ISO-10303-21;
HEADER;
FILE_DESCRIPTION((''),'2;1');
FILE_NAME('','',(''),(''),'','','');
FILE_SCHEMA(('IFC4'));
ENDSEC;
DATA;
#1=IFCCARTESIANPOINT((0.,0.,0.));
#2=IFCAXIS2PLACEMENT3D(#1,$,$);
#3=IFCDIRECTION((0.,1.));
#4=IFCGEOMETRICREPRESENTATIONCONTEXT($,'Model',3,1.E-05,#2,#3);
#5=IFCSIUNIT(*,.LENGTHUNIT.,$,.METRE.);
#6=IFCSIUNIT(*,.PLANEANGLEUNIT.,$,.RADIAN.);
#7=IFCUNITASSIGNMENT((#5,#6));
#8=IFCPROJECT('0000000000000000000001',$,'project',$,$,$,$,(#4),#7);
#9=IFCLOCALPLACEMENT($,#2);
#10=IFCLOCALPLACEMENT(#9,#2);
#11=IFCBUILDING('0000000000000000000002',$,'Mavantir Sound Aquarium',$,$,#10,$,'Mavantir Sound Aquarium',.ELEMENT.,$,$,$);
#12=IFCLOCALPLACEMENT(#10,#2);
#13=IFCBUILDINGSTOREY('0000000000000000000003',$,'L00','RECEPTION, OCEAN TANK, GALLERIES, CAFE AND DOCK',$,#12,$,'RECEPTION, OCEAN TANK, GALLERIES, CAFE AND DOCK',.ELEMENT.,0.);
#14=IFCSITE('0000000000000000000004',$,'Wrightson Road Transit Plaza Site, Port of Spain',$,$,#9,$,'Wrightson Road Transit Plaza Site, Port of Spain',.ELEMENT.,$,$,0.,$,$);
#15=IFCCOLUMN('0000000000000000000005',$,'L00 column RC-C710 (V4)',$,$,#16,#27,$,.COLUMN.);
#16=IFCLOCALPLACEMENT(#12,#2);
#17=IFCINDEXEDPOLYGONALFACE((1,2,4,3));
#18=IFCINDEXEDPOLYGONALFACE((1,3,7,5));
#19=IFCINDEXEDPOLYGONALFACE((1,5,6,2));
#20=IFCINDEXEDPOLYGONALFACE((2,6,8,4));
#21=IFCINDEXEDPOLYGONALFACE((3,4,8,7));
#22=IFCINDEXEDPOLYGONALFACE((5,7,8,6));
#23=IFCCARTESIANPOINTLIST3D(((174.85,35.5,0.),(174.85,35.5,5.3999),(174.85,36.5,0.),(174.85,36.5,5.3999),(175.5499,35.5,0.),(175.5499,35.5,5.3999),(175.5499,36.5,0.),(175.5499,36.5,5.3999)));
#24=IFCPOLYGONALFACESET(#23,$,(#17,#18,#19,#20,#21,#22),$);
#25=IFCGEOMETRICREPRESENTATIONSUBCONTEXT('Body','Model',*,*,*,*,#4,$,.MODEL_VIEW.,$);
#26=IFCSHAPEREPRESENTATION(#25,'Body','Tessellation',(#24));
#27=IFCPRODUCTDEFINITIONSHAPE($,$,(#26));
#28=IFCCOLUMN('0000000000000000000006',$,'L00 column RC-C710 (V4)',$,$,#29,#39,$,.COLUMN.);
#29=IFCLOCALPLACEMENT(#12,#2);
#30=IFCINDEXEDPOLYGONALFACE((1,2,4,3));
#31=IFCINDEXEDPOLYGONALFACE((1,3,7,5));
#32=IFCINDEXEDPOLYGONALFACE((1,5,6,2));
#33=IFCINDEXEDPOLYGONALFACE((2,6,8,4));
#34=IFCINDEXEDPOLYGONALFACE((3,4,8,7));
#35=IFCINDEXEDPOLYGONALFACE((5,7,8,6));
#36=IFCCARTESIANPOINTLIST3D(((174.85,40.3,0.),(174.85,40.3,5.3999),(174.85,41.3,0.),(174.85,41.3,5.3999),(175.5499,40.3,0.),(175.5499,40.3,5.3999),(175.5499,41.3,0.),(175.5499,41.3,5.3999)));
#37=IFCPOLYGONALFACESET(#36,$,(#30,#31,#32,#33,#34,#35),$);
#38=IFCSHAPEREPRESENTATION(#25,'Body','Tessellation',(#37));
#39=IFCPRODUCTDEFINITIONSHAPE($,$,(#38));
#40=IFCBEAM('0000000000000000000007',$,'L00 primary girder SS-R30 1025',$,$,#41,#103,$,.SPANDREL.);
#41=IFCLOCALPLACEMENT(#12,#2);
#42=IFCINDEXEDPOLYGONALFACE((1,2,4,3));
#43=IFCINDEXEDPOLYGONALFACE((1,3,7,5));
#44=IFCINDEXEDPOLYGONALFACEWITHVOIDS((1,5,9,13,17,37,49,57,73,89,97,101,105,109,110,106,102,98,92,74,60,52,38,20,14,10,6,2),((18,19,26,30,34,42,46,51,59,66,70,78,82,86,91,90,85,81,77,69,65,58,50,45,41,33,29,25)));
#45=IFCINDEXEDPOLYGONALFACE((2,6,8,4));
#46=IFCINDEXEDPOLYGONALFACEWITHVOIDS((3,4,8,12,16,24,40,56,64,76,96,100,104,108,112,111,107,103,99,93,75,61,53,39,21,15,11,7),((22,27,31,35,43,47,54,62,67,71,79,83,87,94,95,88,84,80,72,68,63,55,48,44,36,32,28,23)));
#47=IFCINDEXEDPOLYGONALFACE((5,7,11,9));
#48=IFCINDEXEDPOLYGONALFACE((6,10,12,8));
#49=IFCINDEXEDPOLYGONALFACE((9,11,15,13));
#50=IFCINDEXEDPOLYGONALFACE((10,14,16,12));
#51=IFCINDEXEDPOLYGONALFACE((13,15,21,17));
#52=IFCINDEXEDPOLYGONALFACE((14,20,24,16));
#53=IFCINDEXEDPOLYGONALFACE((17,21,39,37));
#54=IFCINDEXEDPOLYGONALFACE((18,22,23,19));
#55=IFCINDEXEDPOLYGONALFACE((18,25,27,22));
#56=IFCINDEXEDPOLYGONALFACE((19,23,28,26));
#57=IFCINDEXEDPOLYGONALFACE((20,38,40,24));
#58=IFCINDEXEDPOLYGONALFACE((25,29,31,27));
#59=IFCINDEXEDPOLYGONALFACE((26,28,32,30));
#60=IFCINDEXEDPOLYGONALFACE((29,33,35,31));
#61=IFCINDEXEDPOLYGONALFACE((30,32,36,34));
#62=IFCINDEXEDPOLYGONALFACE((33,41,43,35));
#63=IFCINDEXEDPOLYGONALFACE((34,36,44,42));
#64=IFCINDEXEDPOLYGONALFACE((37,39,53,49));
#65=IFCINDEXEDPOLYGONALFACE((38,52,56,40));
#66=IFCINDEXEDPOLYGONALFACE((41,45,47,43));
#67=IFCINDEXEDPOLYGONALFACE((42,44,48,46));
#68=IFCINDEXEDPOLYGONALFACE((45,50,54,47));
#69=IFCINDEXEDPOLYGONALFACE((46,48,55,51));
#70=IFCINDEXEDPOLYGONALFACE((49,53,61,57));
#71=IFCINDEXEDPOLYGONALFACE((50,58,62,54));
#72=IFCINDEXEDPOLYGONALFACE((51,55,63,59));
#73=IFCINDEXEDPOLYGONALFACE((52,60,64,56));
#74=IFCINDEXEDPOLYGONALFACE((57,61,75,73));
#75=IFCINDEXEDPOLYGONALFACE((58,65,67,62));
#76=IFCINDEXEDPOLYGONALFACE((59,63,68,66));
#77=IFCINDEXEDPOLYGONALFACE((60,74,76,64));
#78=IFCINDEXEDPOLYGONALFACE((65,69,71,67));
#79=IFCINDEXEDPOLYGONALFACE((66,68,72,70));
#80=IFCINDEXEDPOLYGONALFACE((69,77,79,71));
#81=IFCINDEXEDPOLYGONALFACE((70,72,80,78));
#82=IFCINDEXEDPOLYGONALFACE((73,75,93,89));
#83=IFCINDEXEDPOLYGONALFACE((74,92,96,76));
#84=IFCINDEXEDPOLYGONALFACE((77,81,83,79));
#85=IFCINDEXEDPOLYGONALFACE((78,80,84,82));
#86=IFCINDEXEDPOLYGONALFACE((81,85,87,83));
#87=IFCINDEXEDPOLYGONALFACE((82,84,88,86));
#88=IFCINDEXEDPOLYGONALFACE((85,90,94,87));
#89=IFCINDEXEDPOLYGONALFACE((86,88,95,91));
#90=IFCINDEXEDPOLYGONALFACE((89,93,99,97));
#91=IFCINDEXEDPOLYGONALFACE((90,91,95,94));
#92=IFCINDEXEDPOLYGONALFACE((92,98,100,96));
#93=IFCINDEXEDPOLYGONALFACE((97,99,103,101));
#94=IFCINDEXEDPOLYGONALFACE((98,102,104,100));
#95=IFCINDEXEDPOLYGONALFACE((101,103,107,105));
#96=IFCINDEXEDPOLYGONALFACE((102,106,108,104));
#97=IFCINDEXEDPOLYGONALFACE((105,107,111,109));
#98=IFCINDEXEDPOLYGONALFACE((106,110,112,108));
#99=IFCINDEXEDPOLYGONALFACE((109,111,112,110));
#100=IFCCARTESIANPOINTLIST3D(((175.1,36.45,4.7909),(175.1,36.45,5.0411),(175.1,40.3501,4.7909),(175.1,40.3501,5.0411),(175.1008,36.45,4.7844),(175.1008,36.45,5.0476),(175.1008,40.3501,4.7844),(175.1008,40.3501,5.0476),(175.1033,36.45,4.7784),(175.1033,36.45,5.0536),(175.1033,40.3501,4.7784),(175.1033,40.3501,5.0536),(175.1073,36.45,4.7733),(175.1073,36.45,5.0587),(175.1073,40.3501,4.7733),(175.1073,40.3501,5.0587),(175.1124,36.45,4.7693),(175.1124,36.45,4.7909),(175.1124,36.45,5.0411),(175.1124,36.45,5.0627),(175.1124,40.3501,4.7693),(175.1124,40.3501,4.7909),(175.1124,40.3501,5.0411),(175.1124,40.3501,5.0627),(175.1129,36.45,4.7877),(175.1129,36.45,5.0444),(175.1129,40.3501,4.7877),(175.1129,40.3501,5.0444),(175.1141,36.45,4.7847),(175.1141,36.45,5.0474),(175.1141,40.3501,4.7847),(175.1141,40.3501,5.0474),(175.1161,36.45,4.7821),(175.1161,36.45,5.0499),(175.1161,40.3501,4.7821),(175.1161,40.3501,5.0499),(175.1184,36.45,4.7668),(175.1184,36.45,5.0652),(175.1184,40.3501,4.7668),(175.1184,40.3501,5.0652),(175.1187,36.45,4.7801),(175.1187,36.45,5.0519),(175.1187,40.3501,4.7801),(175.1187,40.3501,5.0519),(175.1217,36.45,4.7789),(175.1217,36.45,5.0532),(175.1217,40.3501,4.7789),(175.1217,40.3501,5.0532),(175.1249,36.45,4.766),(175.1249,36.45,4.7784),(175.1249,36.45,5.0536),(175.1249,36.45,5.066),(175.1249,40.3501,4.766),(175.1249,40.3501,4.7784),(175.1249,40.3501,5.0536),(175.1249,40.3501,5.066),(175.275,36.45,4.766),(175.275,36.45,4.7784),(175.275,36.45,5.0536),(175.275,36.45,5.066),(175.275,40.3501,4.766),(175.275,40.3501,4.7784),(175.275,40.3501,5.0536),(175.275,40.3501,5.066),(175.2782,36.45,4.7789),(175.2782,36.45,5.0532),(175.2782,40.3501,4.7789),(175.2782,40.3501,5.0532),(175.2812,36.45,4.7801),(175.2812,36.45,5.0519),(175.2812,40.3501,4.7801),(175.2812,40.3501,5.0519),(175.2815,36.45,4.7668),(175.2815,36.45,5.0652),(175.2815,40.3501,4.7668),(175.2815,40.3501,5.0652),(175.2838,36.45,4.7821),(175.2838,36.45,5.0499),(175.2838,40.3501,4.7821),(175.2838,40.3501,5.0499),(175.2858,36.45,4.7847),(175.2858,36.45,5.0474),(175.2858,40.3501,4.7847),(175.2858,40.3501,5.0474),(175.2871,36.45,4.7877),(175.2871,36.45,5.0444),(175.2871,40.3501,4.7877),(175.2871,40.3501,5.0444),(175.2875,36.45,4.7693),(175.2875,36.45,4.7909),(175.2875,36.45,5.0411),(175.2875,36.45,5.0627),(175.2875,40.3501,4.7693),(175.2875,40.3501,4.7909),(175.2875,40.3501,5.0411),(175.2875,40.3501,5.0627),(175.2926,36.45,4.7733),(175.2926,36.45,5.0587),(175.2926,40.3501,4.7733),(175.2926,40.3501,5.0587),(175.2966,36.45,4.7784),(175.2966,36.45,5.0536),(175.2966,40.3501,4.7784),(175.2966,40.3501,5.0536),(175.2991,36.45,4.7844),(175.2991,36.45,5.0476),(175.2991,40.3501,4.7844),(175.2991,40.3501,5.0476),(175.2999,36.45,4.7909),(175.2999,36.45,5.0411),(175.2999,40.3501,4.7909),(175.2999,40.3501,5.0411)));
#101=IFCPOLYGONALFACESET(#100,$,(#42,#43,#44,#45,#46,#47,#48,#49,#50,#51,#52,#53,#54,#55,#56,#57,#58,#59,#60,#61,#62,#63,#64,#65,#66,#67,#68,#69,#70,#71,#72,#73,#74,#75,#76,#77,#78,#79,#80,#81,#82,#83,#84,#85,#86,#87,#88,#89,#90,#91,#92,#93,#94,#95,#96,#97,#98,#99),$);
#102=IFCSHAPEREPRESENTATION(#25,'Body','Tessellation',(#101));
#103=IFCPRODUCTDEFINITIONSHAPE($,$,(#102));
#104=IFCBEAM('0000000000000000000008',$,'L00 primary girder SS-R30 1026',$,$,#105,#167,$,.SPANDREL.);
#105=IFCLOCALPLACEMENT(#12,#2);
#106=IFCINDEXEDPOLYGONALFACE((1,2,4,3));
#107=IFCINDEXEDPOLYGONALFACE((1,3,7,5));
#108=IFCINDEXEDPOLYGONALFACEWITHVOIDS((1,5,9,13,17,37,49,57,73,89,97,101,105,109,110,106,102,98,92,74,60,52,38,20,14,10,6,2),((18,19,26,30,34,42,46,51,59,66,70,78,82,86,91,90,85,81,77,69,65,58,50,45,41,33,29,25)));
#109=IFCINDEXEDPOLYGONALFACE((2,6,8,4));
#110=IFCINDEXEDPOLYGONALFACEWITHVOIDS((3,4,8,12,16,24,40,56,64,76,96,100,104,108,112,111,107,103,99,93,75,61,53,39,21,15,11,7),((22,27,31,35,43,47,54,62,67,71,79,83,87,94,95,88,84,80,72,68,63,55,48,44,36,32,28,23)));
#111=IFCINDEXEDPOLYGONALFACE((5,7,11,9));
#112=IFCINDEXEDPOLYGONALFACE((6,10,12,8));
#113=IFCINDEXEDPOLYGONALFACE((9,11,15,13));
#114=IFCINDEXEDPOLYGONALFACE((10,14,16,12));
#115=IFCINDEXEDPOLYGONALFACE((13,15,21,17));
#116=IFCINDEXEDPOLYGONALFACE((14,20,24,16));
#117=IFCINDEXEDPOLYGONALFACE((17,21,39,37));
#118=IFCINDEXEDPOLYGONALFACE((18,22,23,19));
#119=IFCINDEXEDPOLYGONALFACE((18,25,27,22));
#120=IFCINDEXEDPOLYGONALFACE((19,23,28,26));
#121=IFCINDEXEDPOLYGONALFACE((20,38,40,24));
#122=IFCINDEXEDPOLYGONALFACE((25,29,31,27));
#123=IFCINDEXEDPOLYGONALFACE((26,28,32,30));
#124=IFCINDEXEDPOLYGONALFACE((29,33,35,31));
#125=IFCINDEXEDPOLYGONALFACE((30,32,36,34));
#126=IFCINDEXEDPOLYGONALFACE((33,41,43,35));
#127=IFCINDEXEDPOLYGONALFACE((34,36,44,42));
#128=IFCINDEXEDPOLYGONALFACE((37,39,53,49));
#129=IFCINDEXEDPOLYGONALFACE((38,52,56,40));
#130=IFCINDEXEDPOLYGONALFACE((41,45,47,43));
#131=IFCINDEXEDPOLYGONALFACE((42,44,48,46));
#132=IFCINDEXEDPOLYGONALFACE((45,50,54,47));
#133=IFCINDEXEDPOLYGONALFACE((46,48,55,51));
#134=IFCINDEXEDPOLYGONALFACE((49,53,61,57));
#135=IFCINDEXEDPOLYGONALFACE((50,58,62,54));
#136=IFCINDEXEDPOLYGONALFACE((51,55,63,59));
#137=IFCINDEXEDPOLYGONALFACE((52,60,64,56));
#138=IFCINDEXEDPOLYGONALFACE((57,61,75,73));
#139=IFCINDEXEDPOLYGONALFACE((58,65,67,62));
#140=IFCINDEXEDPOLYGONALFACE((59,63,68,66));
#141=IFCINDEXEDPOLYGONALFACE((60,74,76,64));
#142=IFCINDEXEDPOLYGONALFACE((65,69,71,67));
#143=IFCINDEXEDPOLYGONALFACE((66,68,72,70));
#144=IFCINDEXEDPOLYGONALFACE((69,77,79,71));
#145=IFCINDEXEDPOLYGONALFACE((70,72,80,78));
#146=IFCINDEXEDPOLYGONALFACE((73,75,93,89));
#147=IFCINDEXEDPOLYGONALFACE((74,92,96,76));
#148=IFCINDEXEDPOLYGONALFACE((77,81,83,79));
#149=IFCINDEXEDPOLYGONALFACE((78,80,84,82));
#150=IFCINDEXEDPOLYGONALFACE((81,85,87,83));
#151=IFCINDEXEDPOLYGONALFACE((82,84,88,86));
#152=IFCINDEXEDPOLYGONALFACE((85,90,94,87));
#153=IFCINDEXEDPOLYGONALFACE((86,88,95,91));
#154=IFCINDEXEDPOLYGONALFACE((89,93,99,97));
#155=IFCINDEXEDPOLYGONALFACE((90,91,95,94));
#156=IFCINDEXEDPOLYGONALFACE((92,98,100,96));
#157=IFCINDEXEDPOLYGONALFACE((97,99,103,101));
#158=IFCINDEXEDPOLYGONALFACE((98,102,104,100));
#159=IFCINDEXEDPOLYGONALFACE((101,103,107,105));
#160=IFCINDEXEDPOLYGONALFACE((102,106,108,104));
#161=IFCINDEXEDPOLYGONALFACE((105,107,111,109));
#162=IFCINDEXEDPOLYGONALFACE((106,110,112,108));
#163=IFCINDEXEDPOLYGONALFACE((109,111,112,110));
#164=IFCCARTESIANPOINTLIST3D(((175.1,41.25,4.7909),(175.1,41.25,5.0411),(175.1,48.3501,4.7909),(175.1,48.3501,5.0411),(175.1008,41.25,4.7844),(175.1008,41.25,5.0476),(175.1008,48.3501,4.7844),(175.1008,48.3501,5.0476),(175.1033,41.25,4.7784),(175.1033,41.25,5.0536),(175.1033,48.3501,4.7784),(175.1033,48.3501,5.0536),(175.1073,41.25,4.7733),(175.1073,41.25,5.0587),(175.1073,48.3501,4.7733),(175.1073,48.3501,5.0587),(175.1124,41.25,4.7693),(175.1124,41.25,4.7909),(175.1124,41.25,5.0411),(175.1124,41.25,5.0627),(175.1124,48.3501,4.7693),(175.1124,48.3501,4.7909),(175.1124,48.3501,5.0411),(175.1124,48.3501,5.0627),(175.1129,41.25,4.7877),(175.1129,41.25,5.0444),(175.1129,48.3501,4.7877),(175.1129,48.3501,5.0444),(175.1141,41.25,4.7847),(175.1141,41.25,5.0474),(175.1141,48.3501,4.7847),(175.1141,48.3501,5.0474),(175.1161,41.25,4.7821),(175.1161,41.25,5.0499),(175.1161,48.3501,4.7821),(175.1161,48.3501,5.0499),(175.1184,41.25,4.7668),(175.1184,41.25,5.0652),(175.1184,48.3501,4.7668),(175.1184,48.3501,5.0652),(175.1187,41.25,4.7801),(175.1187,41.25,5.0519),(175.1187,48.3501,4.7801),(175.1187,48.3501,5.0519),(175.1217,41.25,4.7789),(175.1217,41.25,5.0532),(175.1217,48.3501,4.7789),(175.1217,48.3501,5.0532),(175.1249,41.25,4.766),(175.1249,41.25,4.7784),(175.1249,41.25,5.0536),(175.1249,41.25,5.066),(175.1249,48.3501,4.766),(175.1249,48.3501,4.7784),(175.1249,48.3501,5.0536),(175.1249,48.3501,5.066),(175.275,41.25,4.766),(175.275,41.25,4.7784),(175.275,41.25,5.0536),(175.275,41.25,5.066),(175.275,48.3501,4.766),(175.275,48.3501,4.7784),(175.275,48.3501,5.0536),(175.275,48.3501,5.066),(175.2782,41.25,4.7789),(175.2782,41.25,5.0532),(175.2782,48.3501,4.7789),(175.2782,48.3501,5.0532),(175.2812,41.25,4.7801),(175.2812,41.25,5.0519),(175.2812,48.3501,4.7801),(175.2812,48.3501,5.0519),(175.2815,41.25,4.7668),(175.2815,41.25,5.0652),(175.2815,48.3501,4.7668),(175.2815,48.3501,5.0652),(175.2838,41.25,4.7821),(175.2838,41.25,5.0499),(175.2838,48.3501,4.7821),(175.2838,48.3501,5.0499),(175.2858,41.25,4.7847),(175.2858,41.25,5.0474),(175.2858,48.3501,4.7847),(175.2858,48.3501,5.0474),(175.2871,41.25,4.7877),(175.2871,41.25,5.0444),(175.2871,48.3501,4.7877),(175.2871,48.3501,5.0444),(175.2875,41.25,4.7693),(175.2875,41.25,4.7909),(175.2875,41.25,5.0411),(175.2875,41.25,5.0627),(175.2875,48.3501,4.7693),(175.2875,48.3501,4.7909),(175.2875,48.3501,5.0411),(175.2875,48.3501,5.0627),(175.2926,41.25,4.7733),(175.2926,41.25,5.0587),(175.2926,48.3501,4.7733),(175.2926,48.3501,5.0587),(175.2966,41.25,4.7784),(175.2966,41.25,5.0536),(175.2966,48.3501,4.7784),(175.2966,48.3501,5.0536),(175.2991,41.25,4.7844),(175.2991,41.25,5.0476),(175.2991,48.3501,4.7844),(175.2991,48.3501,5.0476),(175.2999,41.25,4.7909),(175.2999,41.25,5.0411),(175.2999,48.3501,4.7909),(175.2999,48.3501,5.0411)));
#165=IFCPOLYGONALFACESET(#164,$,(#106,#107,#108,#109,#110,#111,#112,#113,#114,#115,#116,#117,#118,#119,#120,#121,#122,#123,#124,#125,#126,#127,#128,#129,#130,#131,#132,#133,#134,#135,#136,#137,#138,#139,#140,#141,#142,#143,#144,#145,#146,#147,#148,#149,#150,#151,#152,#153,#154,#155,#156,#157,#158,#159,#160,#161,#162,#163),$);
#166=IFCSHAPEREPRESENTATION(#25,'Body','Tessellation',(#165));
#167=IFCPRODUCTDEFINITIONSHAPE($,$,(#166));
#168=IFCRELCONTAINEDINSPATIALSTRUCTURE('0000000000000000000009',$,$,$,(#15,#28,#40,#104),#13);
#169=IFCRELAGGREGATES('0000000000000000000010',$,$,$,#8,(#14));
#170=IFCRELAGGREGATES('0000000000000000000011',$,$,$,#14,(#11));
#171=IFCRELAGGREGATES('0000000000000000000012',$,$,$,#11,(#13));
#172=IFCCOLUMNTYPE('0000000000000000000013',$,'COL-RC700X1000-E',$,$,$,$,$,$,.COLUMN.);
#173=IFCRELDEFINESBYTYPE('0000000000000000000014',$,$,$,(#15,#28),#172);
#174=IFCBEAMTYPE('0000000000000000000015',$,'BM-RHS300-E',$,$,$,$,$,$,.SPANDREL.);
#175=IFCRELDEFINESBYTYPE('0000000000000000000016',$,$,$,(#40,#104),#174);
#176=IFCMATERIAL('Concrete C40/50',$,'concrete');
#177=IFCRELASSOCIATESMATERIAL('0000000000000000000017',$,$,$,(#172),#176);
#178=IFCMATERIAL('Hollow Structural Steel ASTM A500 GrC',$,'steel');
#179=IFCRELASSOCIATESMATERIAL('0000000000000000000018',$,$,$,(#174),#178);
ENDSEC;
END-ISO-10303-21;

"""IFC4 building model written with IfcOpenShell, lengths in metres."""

from ifc_helpers import new_model, si_unit, direction, frame, origin, origin_2d, place, context, subcontext, project, spatial, rectangle, hollow_rectangle, extrude, material, material_profile, profile_set, type_object, element, save


model = new_model("IFC4")

# Units and contexts
model_context = context("Model", 3, precision=1e-05, world=origin(), true_north=direction((0.0, 1.0)))
body_context = subcontext(model_context, "Body", "Model", "MODEL_VIEW")
ifc_project = project(units=[si_unit("LENGTHUNIT", "METRE"), si_unit("PLANEANGLEUNIT", "RADIAN")], contexts=[model_context])

# Site, building, storey
site_placement = place(None, origin())
site = spatial("IfcSite", under=ifc_project, at=site_placement, Name="Wrightson Road Transit Plaza Site, Port of Spain", LongName="Wrightson Road Transit Plaza Site, Port of Spain", CompositionType="ELEMENT", RefElevation=0.0)
building_placement = place(site_placement, origin())
building = spatial("IfcBuilding", under=site, at=building_placement, Name="Mavantir Sound Aquarium", LongName="Mavantir Sound Aquarium", CompositionType="ELEMENT")
storey_placement = place(building_placement, origin())
storey = spatial("IfcBuildingStorey", under=building, at=storey_placement, Name="L00", Description="RECEPTION, OCEAN TANK, GALLERIES, CAFE AND DOCK", LongName="RECEPTION, OCEAN TANK, GALLERIES, CAFE AND DOCK", CompositionType="ELEMENT", Elevation=0.0)

# Columns
ifc_material_1 = material(Name="Concrete C40/50", Category="concrete")
ifc_material_profile_1 = material_profile(ifc_material_1, rectangle(XDim=0.7, YDim=1.0, at=origin_2d()), Name="RC 700X1000")
ifc_profile_set_1 = profile_set([ifc_material_profile_1], Name="Concrete C40/50")
column_type = type_object("IfcColumnType", Name="COL-RC700X1000-E", PredefinedType="COLUMN", material=ifc_profile_set_1)
for number, where, z_axis, x_axis, name in (
    (1, (175.2, 36.0, 0.0), (0.0, 0.0, 1.0), (1.0, 0.0, 0.0), "L00 column RC-C710 (V4)"),
    (2, (175.2, 40.8, 0.0), (0.0, 0.0, 1.0), (1.0, 0.0, 0.0), "L00 column RC-C710 (V4)"),
):
    element("IfcColumn", number, at=place(storey_placement, frame(where, z_axis=z_axis, x_axis=x_axis)), inside=storey, type_object=column_type, Name=name, PredefinedType="COLUMN", context=body_context, shape_type="SweptSolid", body=[
        extrude(rectangle(XDim=0.7, YDim=1.0, at=origin_2d()), origin(), (0.0, 0.0, 1.0), 5.3999),
    ])

# Beams
ifc_material_2 = material(Name="Hollow Structural Steel ASTM A500 GrC", Category="steel")
ifc_material_profile_2 = material_profile(ifc_material_2, hollow_rectangle(XDim=0.2, YDim=0.3, WallThickness=0.0125, InnerFilletRadius=0.0125, OuterFilletRadius=0.0249, at=origin_2d()), Name="RHS 300X200X12.5")
ifc_profile_set_2 = profile_set([ifc_material_profile_2], Name="Hollow Structural Steel ASTM A500 GrC")
beam_type_1 = type_object("IfcBeamType", Name="BM-RHS300-E", PredefinedType="SPANDREL", material=ifc_profile_set_2)
beam_1_placement = place(storey_placement, frame((175.2, 36.45, 4.916), z_axis=(0.0, 1.0, 0.0), x_axis=(-1.0, 0.0, 0.0)))
element("IfcBeam", 3, at=beam_1_placement, inside=storey, type_object=beam_type_1, Name="L00 primary girder SS-R30 1025", PredefinedType="SPANDREL", context=body_context, shape_type="SweptSolid", body=[
    extrude(hollow_rectangle(XDim=0.2, YDim=0.3, WallThickness=0.0125, InnerFilletRadius=0.0125, OuterFilletRadius=0.0249, at=origin_2d()), origin(), (0.0, 0.0, 1.0), 3.9001),
])
beam_2_placement = place(storey_placement, frame((175.2, 41.25, 4.916), z_axis=(0.0, 1.0, 0.0), x_axis=(-1.0, 0.0, 0.0)))
element("IfcBeam", 4, at=beam_2_placement, inside=storey, type_object=beam_type_1, Name="L00 primary girder SS-R30 1026", PredefinedType="SPANDREL", context=body_context, shape_type="SweptSolid", body=[
    extrude(hollow_rectangle(XDim=0.2, YDim=0.3, WallThickness=0.0125, InnerFilletRadius=0.0125, OuterFilletRadius=0.0249, at=origin_2d()), origin(), (0.0, 0.0, 1.0), 7.1001),
])

save(model, "model.ifc")
